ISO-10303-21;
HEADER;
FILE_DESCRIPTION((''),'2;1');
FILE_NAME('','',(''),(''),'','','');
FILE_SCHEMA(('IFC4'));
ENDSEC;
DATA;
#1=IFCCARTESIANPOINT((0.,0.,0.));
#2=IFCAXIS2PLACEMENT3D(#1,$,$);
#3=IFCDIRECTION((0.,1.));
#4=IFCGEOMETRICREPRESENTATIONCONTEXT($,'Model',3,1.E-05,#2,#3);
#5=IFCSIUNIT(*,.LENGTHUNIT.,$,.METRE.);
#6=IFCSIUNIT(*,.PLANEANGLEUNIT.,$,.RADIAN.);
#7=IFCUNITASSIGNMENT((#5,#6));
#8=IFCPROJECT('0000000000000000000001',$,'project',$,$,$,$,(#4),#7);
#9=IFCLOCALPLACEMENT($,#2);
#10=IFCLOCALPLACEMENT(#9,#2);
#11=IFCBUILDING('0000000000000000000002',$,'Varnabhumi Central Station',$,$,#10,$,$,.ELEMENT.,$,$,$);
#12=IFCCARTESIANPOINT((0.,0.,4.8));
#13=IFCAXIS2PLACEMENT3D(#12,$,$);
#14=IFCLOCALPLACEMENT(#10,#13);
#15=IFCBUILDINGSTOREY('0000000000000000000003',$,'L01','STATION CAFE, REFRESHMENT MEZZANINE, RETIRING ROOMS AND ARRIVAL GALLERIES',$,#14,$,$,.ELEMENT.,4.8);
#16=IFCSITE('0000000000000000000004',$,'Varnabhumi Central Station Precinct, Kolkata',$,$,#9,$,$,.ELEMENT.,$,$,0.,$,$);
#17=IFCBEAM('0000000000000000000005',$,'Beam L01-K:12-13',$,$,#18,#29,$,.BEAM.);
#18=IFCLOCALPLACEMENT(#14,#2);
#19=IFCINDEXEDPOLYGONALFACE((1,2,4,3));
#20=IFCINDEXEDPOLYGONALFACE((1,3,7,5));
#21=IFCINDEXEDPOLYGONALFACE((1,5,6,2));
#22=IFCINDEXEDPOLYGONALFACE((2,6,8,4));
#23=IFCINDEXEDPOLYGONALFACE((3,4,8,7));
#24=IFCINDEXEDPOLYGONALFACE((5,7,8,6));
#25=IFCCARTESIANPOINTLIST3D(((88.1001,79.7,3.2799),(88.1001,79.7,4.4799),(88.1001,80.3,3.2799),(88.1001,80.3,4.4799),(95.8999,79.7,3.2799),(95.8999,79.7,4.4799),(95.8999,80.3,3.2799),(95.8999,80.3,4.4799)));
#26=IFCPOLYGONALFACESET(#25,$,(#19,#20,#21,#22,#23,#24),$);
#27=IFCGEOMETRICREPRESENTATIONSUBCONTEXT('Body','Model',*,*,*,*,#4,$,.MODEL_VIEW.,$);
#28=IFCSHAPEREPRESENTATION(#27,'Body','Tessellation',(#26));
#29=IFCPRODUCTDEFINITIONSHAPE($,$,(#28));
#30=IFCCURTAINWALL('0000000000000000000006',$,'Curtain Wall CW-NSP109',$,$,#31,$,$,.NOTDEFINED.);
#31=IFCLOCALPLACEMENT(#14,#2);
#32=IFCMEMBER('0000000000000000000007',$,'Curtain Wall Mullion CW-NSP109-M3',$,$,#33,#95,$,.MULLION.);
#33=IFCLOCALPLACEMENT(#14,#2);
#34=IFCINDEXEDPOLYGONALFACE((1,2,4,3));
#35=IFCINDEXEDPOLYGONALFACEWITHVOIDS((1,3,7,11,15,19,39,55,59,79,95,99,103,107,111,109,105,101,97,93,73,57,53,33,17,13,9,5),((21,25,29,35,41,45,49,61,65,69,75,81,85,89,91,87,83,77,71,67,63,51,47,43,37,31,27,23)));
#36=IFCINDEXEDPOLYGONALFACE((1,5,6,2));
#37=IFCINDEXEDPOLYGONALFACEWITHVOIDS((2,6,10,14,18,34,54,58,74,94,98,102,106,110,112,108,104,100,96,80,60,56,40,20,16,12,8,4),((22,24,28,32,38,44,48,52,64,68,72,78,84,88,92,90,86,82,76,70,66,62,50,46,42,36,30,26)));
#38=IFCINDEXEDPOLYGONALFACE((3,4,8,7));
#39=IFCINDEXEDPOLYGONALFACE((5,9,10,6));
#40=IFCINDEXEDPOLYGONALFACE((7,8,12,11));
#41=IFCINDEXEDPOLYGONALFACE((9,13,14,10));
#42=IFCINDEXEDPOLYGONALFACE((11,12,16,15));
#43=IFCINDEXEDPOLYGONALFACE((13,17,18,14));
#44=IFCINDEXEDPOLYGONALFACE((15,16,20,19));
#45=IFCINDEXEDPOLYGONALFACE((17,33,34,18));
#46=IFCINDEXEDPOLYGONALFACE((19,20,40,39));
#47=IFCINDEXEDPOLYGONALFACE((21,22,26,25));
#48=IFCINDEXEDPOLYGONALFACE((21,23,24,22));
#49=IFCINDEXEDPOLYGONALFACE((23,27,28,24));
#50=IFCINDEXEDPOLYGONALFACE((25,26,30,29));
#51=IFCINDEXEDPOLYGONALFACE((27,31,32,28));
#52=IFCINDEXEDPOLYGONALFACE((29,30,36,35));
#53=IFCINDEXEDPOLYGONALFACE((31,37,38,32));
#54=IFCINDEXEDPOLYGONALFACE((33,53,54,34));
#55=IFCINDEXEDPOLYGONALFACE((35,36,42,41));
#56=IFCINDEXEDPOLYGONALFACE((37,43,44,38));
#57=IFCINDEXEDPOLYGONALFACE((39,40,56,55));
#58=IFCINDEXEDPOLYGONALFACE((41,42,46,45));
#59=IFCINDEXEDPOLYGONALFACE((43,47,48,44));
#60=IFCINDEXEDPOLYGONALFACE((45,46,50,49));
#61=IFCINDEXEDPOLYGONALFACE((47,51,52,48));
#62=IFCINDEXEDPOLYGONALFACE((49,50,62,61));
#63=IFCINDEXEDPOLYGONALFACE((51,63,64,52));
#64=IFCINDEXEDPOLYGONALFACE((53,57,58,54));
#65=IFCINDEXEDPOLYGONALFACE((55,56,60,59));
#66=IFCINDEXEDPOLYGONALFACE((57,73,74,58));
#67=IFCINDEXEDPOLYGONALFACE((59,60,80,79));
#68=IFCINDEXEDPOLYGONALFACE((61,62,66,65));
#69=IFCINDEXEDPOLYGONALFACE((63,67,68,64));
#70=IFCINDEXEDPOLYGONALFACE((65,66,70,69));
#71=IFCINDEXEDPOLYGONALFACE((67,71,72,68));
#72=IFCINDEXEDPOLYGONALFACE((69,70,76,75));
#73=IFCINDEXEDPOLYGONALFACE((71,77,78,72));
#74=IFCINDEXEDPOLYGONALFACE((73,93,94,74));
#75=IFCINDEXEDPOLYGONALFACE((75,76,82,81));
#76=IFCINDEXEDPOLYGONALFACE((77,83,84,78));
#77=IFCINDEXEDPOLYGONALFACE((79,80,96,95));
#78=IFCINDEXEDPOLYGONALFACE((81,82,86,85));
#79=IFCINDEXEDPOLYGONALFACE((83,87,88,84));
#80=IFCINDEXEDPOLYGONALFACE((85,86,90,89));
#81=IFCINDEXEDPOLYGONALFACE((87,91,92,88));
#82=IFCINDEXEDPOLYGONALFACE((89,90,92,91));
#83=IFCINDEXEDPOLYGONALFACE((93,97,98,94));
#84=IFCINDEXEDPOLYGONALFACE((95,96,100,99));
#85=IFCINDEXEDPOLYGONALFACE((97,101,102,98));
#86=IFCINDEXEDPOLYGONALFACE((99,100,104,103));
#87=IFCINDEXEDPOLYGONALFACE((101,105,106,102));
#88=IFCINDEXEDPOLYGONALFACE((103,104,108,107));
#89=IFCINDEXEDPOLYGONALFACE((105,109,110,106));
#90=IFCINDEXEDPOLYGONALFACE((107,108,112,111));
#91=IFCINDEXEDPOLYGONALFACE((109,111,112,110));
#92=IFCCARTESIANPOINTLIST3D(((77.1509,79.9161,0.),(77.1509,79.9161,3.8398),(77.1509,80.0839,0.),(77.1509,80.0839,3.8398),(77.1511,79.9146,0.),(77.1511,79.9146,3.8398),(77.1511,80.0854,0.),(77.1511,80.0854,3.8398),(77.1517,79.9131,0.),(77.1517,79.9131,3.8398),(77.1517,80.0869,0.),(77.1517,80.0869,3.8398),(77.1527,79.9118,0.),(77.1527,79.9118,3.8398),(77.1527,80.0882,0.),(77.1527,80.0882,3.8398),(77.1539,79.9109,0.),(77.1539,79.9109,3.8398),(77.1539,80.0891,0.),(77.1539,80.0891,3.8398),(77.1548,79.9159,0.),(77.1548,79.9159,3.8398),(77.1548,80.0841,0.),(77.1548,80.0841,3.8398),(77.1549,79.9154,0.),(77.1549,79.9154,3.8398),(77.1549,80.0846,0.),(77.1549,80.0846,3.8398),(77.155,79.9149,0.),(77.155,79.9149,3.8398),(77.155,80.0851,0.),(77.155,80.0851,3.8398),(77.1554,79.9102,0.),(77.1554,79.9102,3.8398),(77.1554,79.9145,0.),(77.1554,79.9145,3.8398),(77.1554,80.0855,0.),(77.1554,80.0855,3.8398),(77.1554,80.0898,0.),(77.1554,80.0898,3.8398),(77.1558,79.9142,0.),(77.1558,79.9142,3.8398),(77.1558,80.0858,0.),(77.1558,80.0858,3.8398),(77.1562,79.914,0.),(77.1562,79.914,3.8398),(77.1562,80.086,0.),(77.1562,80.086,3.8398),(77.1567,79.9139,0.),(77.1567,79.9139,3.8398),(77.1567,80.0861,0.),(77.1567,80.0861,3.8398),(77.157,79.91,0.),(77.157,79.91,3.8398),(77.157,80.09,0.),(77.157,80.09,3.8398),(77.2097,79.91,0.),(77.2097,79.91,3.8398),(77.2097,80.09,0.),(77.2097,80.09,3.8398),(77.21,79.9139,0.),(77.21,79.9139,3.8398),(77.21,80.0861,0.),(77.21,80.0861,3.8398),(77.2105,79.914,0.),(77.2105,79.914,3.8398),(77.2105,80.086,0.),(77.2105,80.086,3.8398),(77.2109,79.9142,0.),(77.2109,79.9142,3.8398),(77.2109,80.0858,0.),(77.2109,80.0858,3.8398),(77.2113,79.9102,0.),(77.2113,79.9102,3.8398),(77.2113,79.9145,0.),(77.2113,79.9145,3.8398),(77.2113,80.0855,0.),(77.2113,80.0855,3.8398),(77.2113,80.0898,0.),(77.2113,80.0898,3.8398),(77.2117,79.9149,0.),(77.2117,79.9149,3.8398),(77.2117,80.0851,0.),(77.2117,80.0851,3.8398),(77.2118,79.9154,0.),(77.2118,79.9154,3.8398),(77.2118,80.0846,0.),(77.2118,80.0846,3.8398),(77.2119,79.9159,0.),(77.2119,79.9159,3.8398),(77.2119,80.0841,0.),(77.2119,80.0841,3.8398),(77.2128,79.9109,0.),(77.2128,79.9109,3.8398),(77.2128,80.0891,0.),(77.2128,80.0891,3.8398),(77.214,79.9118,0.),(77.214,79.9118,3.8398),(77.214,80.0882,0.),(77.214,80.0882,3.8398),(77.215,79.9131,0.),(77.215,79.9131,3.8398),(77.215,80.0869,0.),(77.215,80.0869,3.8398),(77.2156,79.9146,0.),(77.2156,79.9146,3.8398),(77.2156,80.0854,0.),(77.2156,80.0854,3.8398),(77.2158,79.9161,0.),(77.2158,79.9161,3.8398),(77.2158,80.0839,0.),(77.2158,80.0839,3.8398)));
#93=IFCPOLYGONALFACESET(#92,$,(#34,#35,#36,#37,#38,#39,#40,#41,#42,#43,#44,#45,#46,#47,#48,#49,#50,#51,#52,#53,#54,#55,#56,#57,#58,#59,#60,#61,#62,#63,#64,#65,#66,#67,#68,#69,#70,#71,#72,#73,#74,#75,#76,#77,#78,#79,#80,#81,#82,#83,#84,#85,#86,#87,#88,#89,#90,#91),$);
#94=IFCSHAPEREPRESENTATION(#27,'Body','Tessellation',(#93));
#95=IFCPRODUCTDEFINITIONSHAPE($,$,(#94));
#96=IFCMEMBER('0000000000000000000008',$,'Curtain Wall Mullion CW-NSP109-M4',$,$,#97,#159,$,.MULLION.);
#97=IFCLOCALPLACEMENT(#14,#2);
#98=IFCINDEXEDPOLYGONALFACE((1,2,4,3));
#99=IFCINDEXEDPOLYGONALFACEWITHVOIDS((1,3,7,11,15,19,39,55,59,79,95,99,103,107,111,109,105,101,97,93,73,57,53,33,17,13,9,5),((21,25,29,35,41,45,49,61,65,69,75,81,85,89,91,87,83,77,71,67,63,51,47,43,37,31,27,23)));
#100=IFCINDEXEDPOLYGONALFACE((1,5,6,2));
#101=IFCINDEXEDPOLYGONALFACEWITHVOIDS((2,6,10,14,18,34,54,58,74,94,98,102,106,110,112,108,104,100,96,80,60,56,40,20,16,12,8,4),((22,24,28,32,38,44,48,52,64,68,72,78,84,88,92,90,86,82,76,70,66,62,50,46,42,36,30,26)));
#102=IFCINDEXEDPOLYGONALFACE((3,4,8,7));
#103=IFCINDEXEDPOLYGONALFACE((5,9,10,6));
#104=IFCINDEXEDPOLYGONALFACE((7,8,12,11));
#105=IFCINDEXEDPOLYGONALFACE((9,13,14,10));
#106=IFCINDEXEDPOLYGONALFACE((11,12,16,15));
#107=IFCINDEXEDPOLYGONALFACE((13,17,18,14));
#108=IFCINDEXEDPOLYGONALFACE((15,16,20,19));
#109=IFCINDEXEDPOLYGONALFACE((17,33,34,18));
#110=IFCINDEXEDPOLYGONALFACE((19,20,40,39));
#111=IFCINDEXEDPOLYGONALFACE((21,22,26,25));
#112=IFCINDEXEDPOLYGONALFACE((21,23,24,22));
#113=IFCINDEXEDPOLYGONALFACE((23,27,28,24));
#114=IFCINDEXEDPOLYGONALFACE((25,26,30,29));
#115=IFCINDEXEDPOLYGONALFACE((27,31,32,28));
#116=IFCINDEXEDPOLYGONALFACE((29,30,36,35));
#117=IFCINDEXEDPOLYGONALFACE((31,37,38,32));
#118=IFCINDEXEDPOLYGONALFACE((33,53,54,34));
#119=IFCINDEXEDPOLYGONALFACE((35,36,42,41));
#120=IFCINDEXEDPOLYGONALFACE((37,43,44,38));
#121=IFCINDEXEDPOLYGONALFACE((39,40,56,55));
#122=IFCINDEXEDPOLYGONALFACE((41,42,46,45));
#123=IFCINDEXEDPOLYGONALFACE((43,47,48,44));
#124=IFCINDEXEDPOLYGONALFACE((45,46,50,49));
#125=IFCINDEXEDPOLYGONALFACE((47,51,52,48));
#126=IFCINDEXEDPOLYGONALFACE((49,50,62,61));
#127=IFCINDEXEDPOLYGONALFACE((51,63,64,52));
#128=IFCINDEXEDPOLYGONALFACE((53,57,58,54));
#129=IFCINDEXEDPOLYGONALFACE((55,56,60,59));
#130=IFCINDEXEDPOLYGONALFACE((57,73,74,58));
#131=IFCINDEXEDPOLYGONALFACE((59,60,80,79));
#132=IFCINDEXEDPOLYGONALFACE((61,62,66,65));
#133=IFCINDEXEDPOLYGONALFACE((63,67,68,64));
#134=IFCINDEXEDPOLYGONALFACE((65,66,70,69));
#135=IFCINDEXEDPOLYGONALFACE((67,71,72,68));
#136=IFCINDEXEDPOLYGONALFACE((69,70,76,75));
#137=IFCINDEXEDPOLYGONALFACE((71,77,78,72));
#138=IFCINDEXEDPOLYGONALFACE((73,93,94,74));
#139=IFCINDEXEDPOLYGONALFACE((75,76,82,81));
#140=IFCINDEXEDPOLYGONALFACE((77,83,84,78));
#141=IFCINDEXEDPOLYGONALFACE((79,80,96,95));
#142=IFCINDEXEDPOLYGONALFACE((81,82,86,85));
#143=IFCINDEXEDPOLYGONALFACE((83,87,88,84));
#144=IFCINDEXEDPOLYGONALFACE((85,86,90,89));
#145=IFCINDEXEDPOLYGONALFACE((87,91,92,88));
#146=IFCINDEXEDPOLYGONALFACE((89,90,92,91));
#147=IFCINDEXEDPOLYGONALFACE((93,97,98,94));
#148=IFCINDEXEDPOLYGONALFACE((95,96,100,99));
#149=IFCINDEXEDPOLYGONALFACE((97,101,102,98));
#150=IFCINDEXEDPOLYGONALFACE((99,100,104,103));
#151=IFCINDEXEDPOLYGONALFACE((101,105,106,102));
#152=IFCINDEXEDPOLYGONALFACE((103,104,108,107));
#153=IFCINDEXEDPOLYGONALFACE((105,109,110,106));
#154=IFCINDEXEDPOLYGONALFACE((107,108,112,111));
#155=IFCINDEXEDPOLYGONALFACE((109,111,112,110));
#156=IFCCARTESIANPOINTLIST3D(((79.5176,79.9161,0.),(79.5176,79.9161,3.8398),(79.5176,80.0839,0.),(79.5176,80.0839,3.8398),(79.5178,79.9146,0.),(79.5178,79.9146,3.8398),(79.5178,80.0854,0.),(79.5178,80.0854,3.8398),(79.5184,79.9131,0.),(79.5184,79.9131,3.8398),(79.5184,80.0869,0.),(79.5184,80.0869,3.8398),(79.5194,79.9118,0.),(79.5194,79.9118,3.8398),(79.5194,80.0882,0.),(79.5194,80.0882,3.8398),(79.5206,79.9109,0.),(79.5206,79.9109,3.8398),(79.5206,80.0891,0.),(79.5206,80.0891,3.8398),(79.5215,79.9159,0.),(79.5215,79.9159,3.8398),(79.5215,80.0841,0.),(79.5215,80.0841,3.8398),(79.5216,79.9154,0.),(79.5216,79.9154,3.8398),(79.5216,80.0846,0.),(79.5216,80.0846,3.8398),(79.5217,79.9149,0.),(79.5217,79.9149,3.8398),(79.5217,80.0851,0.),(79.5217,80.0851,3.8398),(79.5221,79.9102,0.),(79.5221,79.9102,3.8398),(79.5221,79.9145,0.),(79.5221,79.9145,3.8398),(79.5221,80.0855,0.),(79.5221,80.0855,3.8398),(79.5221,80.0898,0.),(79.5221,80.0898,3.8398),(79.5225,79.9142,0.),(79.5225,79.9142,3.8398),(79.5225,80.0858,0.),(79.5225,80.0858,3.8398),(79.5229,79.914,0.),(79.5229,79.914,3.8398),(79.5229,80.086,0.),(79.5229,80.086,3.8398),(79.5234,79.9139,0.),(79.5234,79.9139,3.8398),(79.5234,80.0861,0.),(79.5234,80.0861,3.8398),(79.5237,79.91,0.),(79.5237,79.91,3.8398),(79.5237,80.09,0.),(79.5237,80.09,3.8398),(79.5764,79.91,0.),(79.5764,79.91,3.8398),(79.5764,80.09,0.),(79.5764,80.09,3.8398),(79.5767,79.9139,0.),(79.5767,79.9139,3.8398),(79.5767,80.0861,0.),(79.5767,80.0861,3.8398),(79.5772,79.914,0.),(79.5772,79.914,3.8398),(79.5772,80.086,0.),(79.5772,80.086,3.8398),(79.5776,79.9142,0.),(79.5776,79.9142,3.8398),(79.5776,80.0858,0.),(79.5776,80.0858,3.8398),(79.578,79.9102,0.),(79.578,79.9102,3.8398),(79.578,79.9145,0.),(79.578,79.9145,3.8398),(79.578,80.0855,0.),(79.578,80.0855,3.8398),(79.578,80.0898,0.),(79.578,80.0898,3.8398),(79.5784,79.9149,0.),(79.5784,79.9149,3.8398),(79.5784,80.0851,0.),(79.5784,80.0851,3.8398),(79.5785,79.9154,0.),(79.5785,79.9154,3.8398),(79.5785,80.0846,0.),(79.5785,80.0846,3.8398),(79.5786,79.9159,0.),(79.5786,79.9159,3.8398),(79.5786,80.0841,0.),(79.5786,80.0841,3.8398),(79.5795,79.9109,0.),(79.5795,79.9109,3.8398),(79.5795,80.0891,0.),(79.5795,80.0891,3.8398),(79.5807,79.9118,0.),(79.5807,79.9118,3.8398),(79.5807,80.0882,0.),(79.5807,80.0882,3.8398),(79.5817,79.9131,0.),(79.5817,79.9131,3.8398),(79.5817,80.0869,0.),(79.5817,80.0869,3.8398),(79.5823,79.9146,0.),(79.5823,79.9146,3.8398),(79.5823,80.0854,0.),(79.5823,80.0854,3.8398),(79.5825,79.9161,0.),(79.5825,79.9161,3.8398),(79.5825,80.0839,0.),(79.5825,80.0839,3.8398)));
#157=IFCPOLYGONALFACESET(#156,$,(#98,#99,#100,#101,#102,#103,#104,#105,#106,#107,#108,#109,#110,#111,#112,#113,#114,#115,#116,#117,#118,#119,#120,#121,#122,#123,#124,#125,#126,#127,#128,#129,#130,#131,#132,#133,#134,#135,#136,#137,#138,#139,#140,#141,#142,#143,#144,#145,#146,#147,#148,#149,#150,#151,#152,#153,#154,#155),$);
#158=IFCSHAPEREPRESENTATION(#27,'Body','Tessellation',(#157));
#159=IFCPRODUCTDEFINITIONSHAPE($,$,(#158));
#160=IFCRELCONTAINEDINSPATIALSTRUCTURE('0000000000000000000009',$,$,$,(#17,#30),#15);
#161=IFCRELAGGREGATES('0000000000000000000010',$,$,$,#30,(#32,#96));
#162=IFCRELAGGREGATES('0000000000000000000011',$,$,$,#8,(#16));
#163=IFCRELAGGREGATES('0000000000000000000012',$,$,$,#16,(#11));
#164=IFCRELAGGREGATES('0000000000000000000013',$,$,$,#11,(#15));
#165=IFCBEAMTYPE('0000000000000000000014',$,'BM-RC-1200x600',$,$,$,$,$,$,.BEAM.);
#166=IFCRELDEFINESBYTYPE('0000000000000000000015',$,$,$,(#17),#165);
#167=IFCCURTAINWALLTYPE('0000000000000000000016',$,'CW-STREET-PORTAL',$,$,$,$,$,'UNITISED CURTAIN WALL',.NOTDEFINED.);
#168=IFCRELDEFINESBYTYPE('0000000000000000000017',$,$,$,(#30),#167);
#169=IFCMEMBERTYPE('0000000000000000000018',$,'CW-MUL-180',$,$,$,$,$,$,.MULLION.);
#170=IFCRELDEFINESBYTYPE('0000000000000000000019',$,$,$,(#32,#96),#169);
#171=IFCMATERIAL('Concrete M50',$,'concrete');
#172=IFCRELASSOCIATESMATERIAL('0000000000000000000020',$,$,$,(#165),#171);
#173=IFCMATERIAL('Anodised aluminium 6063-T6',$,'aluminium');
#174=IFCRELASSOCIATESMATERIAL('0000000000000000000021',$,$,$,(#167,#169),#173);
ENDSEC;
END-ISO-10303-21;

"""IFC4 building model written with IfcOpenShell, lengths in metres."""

from ifc_helpers import new_model, si_unit, direction, frame, origin, origin_2d, place, context, subcontext, project, spatial, rectangle, hollow_rectangle, extrude, material, material_profile, profile_set, type_object, element, aggregate, save


model = new_model("IFC4")

# Units and contexts
model_context = context("Model", 3, precision=1e-05, world=origin(), true_north=direction((0.0, 1.0)))
body_context = subcontext(model_context, "Body", "Model", "MODEL_VIEW")
ifc_project = project(units=[si_unit("LENGTHUNIT", "METRE"), si_unit("PLANEANGLEUNIT", "RADIAN")], contexts=[model_context])

# Site, building, storey
site_placement = place(None, origin())
site = spatial("IfcSite", under=ifc_project, at=site_placement, Name="Varnabhumi Central Station Precinct, Kolkata", CompositionType="ELEMENT", RefElevation=0.0)
building_placement = place(site_placement, origin())
building = spatial("IfcBuilding", under=site, at=building_placement, Name="Varnabhumi Central Station", CompositionType="ELEMENT")
storey_placement = place(building_placement, frame((0.0, 0.0, 4.8)))
storey = spatial("IfcBuildingStorey", under=building, at=storey_placement, Name="L01", Description="STATION CAFE, REFRESHMENT MEZZANINE, RETIRING ROOMS AND ARRIVAL GALLERIES", CompositionType="ELEMENT", Elevation=4.8)

# Shared definitions
ifc_material_1 = material(Name="Concrete M50", Category="concrete")

# Beam
ifc_material_profile_1 = material_profile(ifc_material_1, rectangle(XDim=0.6001, YDim=1.2, at=origin_2d()), Name="Concrete M50", Category="concrete")
ifc_profile_set_1 = profile_set([ifc_material_profile_1], Name="Concrete M50")
beam_type_1 = type_object("IfcBeamType", Name="BM-RC-1200x600", PredefinedType="BEAM", material=ifc_profile_set_1)
for number, where, z_axis, x_axis, name in (
    (1, (88.1001, 80.0, 3.8799), (1.0, 0.0, 0.0), (0.0, 1.0, 0.0), "Beam L01-K:12-13"),
):
    element("IfcBeam", number, at=place(storey_placement, frame(where, z_axis=z_axis, x_axis=x_axis)), inside=storey, type_object=beam_type_1, Name=name, PredefinedType="BEAM", context=body_context, shape_type="SweptSolid", body=[
        extrude(rectangle(XDim=0.6001, YDim=1.2, at=origin_2d()), origin(), (0.0, 0.0, 1.0), 7.7998),
    ])

# Curtain wall, members
ifc_material_2 = material(Name="Anodised aluminium 6063-T6", Category="aluminium")
curtain_wall_type_1 = type_object("IfcCurtainWallType", Name="CW-STREET-PORTAL", ElementType="UNITISED CURTAIN WALL", PredefinedType="NOTDEFINED", material=ifc_material_2)
curtain_wall_1_placement = place(storey_placement, origin())
curtain_wall_1 = element("IfcCurtainWall", 2, at=curtain_wall_1_placement, inside=storey, type_object=curtain_wall_type_1, Name="Curtain Wall CW-NSP109", PredefinedType="NOTDEFINED")
ifc_material_profile_2 = material_profile(ifc_material_2, hollow_rectangle(XDim=0.0649, YDim=0.1799, WallThickness=0.0039, InnerFilletRadius=0.002, OuterFilletRadius=0.0061, at=origin_2d()), Name="Anodised aluminium 6063-T6", Category="aluminium")
ifc_profile_set_2 = profile_set([ifc_material_profile_2], Name="Anodised aluminium 6063-T6")
member_type_1 = type_object("IfcMemberType", Name="CW-MUL-180", PredefinedType="MULLION", material=ifc_profile_set_2)
member_1_placement = place(storey_placement, frame((77.1833, 80.0, 0.0), z_axis=(0.0, 0.0, 1.0), x_axis=(1.0, 0.0, 0.0)))
member_1 = element("IfcMember", 3, at=member_1_placement, type_object=member_type_1, Name="Curtain Wall Mullion CW-NSP109-M3", PredefinedType="MULLION", context=body_context, shape_type="SweptSolid", body=[
    extrude(hollow_rectangle(XDim=0.0649, YDim=0.1799, WallThickness=0.0039, InnerFilletRadius=0.002, OuterFilletRadius=0.0061, at=origin_2d()), origin(), (0.0, 0.0, 1.0), 3.8398),
])
member_2_placement = place(storey_placement, frame((79.55, 80.0, 0.0), z_axis=(0.0, 0.0, 1.0), x_axis=(1.0, 0.0, 0.0)))
member_2 = element("IfcMember", 4, at=member_2_placement, type_object=member_type_1, Name="Curtain Wall Mullion CW-NSP109-M4", PredefinedType="MULLION", context=body_context, shape_type="SweptSolid", body=[
    extrude(hollow_rectangle(XDim=0.0649, YDim=0.1799, WallThickness=0.0039, InnerFilletRadius=0.002, OuterFilletRadius=0.0061, at=origin_2d()), origin(), (0.0, 0.0, 1.0), 3.8398),
])

aggregate(curtain_wall_1, [member_1, member_2])

save(model, "model.ifc")
